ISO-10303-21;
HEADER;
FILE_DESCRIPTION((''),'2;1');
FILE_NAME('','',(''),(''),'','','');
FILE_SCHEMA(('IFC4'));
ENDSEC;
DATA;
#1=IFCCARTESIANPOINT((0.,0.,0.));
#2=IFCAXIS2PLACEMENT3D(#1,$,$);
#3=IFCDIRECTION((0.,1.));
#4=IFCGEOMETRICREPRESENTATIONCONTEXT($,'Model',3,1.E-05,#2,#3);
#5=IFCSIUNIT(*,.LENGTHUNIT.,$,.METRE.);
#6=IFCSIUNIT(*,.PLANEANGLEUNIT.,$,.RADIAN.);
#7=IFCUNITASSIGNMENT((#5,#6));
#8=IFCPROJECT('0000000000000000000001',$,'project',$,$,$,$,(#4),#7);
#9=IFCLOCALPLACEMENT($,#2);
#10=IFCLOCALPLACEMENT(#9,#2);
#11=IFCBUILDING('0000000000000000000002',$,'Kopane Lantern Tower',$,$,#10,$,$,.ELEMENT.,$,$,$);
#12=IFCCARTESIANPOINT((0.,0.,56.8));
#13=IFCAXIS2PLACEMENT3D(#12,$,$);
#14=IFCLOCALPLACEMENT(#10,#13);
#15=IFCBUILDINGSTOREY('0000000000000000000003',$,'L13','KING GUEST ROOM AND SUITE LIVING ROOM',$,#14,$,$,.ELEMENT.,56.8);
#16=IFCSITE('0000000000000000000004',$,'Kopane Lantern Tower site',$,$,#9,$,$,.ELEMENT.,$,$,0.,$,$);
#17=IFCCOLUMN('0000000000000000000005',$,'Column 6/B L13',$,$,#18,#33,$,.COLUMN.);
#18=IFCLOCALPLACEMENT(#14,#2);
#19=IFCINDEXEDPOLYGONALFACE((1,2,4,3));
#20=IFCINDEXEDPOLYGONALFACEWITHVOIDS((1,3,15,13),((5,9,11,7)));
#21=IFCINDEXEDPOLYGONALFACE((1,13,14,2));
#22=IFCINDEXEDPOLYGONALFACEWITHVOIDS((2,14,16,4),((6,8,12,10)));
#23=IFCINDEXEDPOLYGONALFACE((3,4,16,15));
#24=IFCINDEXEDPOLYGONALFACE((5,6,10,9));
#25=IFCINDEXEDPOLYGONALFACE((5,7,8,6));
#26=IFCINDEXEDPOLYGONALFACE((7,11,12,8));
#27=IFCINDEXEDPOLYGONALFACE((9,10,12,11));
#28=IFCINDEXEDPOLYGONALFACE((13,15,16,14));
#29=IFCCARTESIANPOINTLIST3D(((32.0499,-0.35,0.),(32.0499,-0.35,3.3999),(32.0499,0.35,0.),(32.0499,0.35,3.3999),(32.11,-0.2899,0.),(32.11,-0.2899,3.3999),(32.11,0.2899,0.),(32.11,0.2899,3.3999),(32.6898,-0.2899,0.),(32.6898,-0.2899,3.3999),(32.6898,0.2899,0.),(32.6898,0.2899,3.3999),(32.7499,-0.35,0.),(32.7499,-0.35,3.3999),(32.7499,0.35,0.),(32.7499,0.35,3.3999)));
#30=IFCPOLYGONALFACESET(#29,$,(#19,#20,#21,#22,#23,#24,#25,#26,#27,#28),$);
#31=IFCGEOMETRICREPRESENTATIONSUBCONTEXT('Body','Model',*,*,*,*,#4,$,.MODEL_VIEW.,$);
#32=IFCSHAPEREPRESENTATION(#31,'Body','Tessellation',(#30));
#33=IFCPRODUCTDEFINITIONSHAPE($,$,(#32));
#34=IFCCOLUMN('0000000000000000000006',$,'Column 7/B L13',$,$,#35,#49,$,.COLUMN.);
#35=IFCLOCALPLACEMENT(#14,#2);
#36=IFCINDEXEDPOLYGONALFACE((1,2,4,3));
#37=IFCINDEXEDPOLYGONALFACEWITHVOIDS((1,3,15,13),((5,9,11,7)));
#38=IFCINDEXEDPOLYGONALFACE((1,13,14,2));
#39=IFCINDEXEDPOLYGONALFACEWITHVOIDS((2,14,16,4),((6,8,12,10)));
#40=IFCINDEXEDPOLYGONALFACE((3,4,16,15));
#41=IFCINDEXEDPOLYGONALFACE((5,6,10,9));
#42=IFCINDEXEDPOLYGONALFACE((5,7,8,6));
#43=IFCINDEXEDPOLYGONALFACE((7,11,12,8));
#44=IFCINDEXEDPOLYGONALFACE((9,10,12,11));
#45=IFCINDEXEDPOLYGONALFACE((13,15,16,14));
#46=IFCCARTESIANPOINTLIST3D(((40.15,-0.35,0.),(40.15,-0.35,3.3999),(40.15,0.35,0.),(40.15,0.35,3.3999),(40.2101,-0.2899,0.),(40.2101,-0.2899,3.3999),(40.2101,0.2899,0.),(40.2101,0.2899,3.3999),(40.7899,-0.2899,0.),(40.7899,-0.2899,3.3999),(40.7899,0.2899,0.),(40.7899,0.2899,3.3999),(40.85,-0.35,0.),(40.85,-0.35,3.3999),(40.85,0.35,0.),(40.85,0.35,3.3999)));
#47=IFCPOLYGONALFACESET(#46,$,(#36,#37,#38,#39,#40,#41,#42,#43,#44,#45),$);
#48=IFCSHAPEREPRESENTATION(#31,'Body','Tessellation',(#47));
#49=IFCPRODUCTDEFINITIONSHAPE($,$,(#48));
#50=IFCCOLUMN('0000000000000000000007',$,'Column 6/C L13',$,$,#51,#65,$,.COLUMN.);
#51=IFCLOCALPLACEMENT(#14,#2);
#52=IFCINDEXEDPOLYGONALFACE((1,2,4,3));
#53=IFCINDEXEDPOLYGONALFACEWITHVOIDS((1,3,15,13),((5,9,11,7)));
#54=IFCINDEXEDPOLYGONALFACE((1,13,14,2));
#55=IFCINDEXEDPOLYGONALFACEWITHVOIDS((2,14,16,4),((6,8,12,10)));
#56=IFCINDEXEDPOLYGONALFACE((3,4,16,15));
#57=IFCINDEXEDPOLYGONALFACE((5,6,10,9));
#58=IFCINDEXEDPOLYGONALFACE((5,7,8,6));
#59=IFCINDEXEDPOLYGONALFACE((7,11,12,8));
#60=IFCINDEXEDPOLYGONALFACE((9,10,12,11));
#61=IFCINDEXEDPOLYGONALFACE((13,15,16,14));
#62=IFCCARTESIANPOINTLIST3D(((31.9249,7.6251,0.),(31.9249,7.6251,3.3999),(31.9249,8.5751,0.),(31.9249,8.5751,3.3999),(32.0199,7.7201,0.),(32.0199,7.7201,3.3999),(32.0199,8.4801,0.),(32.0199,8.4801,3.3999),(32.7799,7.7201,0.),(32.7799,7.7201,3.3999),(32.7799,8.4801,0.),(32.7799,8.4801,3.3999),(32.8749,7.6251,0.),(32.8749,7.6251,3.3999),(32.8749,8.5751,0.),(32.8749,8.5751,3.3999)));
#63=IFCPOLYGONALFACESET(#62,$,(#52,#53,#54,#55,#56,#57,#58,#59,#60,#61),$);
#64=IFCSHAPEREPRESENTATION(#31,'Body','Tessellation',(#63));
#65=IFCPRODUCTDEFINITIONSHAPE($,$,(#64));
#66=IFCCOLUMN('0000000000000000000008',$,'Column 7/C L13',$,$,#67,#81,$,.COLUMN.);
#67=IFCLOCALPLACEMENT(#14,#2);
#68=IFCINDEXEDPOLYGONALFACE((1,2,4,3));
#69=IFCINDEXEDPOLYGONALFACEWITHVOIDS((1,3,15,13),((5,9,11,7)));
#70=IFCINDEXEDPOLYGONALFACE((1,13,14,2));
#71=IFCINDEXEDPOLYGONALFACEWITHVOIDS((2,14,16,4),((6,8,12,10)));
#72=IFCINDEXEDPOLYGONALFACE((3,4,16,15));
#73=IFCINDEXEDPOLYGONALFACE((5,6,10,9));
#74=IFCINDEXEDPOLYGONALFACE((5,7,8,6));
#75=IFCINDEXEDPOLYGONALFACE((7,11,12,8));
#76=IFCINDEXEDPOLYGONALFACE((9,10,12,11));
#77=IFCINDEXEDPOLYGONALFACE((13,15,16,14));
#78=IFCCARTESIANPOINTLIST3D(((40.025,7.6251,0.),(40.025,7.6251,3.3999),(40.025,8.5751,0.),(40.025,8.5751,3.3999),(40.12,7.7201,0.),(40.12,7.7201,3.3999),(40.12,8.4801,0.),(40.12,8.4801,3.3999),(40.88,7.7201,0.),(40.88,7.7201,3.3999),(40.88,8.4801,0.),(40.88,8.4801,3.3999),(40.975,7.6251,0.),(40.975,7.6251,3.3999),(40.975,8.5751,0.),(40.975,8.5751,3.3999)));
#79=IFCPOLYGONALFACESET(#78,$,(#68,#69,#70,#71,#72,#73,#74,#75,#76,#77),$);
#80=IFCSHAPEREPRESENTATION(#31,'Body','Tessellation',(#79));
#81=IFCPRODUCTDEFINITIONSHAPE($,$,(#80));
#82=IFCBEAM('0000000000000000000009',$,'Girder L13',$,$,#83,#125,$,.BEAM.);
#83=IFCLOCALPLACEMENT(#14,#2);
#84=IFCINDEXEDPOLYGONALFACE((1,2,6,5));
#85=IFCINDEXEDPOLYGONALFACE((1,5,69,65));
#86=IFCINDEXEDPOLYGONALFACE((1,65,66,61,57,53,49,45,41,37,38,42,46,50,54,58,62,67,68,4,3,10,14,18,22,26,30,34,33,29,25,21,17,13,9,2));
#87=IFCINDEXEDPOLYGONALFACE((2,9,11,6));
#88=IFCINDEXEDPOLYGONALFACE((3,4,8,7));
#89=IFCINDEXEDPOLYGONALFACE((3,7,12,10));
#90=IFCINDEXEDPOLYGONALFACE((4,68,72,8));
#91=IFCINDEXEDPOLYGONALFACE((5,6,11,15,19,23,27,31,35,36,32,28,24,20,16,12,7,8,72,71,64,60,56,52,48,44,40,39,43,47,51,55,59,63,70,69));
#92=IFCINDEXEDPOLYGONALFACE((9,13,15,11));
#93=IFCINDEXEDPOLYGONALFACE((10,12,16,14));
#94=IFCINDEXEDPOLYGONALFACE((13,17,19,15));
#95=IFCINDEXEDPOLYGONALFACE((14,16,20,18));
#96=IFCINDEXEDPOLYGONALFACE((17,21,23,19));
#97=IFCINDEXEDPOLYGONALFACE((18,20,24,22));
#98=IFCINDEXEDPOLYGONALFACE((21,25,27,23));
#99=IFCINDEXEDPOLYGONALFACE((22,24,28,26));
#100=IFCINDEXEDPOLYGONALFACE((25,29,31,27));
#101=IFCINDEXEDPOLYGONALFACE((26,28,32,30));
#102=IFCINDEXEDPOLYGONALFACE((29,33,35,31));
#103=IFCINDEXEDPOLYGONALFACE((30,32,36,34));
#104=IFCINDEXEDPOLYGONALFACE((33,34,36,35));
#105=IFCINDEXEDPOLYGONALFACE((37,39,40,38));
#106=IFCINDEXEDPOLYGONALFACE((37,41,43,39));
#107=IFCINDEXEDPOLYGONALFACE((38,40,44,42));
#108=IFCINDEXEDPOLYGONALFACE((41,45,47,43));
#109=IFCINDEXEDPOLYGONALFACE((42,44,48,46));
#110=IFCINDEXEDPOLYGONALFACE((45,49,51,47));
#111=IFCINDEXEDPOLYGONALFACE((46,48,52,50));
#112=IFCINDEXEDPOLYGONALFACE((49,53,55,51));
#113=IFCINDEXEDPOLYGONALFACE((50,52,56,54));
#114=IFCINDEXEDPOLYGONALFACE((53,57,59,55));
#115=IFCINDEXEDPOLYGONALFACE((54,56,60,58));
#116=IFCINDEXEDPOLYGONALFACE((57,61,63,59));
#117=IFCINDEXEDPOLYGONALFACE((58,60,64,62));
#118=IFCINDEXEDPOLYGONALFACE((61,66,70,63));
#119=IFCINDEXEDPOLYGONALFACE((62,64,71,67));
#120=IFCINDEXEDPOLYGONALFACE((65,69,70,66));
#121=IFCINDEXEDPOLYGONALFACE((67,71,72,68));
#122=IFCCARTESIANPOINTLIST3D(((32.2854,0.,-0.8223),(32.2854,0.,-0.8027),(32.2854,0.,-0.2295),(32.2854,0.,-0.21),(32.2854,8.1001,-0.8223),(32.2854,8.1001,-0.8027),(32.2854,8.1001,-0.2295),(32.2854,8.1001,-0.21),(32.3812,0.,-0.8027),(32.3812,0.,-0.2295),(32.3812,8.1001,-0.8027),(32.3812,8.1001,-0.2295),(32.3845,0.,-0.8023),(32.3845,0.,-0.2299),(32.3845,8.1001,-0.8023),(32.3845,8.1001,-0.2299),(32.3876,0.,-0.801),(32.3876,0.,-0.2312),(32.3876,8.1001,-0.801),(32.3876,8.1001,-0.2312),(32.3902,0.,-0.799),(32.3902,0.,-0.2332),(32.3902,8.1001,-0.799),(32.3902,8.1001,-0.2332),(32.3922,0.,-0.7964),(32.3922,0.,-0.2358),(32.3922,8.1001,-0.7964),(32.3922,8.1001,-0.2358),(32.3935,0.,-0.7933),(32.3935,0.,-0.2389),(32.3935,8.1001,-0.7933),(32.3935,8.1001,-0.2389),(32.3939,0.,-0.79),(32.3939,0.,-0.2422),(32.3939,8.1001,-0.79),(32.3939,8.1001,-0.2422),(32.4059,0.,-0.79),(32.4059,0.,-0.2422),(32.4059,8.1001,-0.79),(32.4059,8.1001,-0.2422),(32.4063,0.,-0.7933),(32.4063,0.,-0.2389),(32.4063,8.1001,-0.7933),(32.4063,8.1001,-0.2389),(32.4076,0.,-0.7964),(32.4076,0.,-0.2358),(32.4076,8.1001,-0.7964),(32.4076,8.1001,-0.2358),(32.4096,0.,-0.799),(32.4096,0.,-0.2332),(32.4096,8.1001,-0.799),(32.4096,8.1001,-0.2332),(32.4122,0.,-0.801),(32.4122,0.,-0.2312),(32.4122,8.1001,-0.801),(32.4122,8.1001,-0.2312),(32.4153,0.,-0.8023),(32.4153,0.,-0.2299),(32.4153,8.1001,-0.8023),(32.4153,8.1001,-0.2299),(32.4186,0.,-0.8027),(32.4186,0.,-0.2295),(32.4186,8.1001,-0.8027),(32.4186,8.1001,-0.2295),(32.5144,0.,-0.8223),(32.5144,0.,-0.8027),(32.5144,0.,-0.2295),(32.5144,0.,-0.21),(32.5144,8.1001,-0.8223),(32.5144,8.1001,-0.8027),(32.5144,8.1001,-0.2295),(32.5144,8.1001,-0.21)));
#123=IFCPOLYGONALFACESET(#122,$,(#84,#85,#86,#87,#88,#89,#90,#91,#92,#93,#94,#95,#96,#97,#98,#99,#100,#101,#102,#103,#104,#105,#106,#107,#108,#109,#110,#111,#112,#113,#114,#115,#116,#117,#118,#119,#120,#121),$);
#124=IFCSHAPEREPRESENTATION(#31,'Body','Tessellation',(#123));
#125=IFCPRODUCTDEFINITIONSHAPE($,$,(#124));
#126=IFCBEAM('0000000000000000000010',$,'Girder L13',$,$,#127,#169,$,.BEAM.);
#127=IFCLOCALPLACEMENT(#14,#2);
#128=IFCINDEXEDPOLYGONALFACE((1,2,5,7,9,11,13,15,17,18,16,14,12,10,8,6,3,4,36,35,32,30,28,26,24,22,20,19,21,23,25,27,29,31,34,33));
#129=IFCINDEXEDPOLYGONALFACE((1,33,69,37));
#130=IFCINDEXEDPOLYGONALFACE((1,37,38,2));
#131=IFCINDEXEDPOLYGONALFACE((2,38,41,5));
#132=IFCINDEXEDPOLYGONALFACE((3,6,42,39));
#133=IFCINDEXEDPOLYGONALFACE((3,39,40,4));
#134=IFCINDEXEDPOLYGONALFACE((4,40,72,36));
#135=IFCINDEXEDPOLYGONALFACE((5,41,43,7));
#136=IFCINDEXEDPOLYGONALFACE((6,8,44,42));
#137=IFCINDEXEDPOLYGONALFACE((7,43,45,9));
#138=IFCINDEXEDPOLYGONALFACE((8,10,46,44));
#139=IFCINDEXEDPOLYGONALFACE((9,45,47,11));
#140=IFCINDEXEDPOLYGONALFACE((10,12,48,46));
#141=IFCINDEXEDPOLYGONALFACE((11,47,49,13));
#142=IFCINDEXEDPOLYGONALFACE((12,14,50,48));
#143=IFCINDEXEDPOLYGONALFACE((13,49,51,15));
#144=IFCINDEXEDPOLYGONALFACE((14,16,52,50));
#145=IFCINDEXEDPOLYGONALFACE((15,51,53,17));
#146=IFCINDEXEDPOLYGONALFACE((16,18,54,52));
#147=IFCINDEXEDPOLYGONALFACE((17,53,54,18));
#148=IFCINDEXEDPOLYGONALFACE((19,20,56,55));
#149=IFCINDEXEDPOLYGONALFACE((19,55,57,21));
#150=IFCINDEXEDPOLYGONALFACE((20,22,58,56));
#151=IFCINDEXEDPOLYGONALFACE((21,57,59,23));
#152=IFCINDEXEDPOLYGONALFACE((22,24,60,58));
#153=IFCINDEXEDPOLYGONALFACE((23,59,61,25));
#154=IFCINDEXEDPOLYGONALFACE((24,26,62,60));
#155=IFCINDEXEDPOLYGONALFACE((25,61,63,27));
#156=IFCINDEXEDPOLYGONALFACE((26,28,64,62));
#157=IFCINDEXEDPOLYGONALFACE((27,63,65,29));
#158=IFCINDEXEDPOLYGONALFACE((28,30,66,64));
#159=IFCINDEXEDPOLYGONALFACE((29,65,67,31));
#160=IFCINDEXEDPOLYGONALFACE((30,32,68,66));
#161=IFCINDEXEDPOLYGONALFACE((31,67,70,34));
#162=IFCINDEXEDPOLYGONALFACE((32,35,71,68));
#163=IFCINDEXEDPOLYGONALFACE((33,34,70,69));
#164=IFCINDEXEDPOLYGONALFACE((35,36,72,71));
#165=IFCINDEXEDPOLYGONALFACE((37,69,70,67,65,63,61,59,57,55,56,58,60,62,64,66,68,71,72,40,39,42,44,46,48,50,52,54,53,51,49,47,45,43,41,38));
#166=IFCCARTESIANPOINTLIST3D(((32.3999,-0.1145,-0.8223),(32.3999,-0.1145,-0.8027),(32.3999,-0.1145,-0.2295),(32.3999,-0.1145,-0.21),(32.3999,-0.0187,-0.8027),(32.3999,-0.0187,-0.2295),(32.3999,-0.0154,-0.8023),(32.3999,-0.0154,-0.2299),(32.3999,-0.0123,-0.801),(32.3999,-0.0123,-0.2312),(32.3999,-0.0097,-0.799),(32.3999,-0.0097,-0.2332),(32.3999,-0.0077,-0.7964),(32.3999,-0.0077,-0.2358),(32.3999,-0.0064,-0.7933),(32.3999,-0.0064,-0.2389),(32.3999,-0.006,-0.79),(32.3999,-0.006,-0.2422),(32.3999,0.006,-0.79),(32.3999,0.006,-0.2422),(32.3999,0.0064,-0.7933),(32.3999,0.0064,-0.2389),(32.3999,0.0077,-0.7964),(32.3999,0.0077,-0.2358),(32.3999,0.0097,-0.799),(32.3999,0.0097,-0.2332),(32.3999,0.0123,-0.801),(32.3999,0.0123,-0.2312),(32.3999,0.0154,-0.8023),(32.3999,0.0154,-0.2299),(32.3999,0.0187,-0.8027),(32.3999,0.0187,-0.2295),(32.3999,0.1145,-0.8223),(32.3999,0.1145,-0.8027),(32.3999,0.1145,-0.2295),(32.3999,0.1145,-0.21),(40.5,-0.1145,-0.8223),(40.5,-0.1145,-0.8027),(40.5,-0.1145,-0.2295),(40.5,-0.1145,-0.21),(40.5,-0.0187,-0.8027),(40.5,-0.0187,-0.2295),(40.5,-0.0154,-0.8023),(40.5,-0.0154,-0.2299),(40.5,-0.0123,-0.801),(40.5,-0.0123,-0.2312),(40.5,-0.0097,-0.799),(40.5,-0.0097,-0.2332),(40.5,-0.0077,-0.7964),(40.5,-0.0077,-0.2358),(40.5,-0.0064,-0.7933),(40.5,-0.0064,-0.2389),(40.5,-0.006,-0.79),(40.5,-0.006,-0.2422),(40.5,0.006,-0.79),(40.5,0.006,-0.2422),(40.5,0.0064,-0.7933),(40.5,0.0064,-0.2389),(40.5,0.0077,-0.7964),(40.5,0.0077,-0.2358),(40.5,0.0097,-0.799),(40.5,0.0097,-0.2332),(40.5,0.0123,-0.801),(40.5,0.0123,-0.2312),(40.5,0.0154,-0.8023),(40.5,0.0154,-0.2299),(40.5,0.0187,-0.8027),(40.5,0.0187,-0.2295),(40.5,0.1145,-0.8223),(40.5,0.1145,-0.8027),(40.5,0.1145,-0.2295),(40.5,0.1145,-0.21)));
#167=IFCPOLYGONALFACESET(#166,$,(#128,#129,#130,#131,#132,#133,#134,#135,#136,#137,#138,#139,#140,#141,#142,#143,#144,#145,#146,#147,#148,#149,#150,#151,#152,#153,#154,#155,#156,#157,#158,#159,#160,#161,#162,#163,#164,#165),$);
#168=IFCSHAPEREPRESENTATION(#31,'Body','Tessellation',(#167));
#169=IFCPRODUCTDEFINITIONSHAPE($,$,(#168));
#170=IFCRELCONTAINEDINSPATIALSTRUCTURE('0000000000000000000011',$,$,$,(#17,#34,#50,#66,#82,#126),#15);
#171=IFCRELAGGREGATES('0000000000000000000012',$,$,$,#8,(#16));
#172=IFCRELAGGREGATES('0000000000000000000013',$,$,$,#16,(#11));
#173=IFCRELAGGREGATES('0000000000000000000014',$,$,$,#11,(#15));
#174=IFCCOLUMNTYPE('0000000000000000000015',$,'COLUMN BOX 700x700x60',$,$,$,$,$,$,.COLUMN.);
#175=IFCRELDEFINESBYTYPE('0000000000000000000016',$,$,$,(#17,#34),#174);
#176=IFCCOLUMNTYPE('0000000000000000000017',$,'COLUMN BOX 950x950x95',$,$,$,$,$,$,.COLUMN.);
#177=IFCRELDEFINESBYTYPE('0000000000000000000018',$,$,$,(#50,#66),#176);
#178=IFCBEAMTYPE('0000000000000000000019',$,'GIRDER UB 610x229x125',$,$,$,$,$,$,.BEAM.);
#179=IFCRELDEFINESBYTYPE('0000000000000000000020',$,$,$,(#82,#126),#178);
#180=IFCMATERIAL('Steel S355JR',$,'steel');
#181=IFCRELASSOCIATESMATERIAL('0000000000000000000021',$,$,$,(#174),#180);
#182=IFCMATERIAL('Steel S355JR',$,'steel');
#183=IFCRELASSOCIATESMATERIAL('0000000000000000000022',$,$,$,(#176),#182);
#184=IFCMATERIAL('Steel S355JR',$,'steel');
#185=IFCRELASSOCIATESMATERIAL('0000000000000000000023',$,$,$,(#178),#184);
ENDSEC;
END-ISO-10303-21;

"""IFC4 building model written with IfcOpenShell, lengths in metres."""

from ifc_helpers import new_model, si_unit, direction, frame, origin, origin_2d, place, context, subcontext, project, spatial, hollow_rectangle, i_section, extrude, material, material_profile, profile_set, type_object, element, save


model = new_model("IFC4")

# Units and contexts
model_context = context("Model", 3, precision=1e-05, world=origin(), true_north=direction((0.0, 1.0)))
body_context = subcontext(model_context, "Body", "Model", "MODEL_VIEW")
ifc_project = project(units=[si_unit("LENGTHUNIT", "METRE"), si_unit("PLANEANGLEUNIT", "RADIAN")], contexts=[model_context])

# Site, building, storey
site_placement = place(None, origin())
site = spatial("IfcSite", under=ifc_project, at=site_placement, Name="Kopane Lantern Tower site", CompositionType="ELEMENT", RefElevation=0.0)
building_placement = place(site_placement, origin())
building = spatial("IfcBuilding", under=site, at=building_placement, Name="Kopane Lantern Tower", CompositionType="ELEMENT")
storey_placement = place(building_placement, frame((0.0, 0.0, 56.8)))
storey = spatial("IfcBuildingStorey", under=building, at=storey_placement, Name="L13", Description="KING GUEST ROOM AND SUITE LIVING ROOM", CompositionType="ELEMENT", Elevation=56.8)

# Columns
ifc_material_1 = material(Name="Steel S355JR", Category="steel")
ifc_material_profile_1 = material_profile(ifc_material_1, hollow_rectangle(XDim=0.7, YDim=0.7, WallThickness=0.0601, at=origin_2d()), Name="BOX 700x700x60")
ifc_profile_set_1 = profile_set([ifc_material_profile_1], Name="Steel S355JR")
column_type_1 = type_object("IfcColumnType", Name="COLUMN BOX 700x700x60", PredefinedType="COLUMN", material=ifc_profile_set_1)
for number, where, z_axis, x_axis, name in (
    (1, (32.3999, 0.0, 0.0), (0.0, 0.0, 1.0), (1.0, 0.0, 0.0), "Column 6/B L13"),
    (2, (40.5, 0.0, 0.0), (0.0, 0.0, 1.0), (1.0, 0.0, 0.0), "Column 7/B L13"),
):
    element("IfcColumn", number, at=place(storey_placement, frame(where, z_axis=z_axis, x_axis=x_axis)), inside=storey, type_object=column_type_1, Name=name, PredefinedType="COLUMN", context=body_context, shape_type="SweptSolid", body=[
        extrude(hollow_rectangle(XDim=0.7, YDim=0.7, WallThickness=0.0601, at=origin_2d()), origin(), (0.0, 0.0, 1.0), 3.3999),
    ])
ifc_material_2 = material(Name="Steel S355JR", Category="steel")
ifc_material_profile_2 = material_profile(ifc_material_2, hollow_rectangle(XDim=0.95, YDim=0.95, WallThickness=0.095, at=origin_2d()), Name="BOX 950x950x95")
ifc_profile_set_2 = profile_set([ifc_material_profile_2], Name="Steel S355JR")
column_type_2 = type_object("IfcColumnType", Name="COLUMN BOX 950x950x95", PredefinedType="COLUMN", material=ifc_profile_set_2)
for number, where, z_axis, x_axis, name in (
    (3, (32.3999, 8.1001, 0.0), (0.0, 0.0, 1.0), (1.0, 0.0, 0.0), "Column 6/C L13"),
    (4, (40.5, 8.1001, 0.0), (0.0, 0.0, 1.0), (1.0, 0.0, 0.0), "Column 7/C L13"),
):
    element("IfcColumn", number, at=place(storey_placement, frame(where, z_axis=z_axis, x_axis=x_axis)), inside=storey, type_object=column_type_2, Name=name, PredefinedType="COLUMN", context=body_context, shape_type="SweptSolid", body=[
        extrude(hollow_rectangle(XDim=0.95, YDim=0.95, WallThickness=0.095, at=origin_2d()), origin(), (0.0, 0.0, 1.0), 3.3999),
    ])

# Beams
ifc_material_3 = material(Name="Steel S355JR", Category="steel")
ifc_material_profile_3 = material_profile(ifc_material_3, i_section(OverallWidth=0.229, OverallDepth=0.6123, WebThickness=0.012, FlangeThickness=0.0195, FilletRadius=0.0127, at=origin_2d()), Name="UB 610x229x125")
ifc_profile_set_3 = profile_set([ifc_material_profile_3], Name="Steel S355JR")
beam_type = type_object("IfcBeamType", Name="GIRDER UB 610x229x125", PredefinedType="BEAM", material=ifc_profile_set_3)
for number, where, z_axis, x_axis, name in (
    (5, (32.3999, 0.0, -0.5161), (0.0, 1.0, 0.0), (-1.0, 0.0, 0.0), "Girder L13"),
    (6, (32.3999, 0.0, -0.5161), (1.0, 0.0, 0.0), (0.0, 1.0, 0.0), "Girder L13"),
):
    element("IfcBeam", number, at=place(storey_placement, frame(where, z_axis=z_axis, x_axis=x_axis)), inside=storey, type_object=beam_type, Name=name, PredefinedType="BEAM", context=body_context, shape_type="SweptSolid", body=[
        extrude(i_section(OverallWidth=0.229, OverallDepth=0.6123, WebThickness=0.012, FlangeThickness=0.0195, FilletRadius=0.0127, at=origin_2d()), origin(), (0.0, 0.0, 1.0), 8.1001),
    ])

save(model, "model.ifc")
